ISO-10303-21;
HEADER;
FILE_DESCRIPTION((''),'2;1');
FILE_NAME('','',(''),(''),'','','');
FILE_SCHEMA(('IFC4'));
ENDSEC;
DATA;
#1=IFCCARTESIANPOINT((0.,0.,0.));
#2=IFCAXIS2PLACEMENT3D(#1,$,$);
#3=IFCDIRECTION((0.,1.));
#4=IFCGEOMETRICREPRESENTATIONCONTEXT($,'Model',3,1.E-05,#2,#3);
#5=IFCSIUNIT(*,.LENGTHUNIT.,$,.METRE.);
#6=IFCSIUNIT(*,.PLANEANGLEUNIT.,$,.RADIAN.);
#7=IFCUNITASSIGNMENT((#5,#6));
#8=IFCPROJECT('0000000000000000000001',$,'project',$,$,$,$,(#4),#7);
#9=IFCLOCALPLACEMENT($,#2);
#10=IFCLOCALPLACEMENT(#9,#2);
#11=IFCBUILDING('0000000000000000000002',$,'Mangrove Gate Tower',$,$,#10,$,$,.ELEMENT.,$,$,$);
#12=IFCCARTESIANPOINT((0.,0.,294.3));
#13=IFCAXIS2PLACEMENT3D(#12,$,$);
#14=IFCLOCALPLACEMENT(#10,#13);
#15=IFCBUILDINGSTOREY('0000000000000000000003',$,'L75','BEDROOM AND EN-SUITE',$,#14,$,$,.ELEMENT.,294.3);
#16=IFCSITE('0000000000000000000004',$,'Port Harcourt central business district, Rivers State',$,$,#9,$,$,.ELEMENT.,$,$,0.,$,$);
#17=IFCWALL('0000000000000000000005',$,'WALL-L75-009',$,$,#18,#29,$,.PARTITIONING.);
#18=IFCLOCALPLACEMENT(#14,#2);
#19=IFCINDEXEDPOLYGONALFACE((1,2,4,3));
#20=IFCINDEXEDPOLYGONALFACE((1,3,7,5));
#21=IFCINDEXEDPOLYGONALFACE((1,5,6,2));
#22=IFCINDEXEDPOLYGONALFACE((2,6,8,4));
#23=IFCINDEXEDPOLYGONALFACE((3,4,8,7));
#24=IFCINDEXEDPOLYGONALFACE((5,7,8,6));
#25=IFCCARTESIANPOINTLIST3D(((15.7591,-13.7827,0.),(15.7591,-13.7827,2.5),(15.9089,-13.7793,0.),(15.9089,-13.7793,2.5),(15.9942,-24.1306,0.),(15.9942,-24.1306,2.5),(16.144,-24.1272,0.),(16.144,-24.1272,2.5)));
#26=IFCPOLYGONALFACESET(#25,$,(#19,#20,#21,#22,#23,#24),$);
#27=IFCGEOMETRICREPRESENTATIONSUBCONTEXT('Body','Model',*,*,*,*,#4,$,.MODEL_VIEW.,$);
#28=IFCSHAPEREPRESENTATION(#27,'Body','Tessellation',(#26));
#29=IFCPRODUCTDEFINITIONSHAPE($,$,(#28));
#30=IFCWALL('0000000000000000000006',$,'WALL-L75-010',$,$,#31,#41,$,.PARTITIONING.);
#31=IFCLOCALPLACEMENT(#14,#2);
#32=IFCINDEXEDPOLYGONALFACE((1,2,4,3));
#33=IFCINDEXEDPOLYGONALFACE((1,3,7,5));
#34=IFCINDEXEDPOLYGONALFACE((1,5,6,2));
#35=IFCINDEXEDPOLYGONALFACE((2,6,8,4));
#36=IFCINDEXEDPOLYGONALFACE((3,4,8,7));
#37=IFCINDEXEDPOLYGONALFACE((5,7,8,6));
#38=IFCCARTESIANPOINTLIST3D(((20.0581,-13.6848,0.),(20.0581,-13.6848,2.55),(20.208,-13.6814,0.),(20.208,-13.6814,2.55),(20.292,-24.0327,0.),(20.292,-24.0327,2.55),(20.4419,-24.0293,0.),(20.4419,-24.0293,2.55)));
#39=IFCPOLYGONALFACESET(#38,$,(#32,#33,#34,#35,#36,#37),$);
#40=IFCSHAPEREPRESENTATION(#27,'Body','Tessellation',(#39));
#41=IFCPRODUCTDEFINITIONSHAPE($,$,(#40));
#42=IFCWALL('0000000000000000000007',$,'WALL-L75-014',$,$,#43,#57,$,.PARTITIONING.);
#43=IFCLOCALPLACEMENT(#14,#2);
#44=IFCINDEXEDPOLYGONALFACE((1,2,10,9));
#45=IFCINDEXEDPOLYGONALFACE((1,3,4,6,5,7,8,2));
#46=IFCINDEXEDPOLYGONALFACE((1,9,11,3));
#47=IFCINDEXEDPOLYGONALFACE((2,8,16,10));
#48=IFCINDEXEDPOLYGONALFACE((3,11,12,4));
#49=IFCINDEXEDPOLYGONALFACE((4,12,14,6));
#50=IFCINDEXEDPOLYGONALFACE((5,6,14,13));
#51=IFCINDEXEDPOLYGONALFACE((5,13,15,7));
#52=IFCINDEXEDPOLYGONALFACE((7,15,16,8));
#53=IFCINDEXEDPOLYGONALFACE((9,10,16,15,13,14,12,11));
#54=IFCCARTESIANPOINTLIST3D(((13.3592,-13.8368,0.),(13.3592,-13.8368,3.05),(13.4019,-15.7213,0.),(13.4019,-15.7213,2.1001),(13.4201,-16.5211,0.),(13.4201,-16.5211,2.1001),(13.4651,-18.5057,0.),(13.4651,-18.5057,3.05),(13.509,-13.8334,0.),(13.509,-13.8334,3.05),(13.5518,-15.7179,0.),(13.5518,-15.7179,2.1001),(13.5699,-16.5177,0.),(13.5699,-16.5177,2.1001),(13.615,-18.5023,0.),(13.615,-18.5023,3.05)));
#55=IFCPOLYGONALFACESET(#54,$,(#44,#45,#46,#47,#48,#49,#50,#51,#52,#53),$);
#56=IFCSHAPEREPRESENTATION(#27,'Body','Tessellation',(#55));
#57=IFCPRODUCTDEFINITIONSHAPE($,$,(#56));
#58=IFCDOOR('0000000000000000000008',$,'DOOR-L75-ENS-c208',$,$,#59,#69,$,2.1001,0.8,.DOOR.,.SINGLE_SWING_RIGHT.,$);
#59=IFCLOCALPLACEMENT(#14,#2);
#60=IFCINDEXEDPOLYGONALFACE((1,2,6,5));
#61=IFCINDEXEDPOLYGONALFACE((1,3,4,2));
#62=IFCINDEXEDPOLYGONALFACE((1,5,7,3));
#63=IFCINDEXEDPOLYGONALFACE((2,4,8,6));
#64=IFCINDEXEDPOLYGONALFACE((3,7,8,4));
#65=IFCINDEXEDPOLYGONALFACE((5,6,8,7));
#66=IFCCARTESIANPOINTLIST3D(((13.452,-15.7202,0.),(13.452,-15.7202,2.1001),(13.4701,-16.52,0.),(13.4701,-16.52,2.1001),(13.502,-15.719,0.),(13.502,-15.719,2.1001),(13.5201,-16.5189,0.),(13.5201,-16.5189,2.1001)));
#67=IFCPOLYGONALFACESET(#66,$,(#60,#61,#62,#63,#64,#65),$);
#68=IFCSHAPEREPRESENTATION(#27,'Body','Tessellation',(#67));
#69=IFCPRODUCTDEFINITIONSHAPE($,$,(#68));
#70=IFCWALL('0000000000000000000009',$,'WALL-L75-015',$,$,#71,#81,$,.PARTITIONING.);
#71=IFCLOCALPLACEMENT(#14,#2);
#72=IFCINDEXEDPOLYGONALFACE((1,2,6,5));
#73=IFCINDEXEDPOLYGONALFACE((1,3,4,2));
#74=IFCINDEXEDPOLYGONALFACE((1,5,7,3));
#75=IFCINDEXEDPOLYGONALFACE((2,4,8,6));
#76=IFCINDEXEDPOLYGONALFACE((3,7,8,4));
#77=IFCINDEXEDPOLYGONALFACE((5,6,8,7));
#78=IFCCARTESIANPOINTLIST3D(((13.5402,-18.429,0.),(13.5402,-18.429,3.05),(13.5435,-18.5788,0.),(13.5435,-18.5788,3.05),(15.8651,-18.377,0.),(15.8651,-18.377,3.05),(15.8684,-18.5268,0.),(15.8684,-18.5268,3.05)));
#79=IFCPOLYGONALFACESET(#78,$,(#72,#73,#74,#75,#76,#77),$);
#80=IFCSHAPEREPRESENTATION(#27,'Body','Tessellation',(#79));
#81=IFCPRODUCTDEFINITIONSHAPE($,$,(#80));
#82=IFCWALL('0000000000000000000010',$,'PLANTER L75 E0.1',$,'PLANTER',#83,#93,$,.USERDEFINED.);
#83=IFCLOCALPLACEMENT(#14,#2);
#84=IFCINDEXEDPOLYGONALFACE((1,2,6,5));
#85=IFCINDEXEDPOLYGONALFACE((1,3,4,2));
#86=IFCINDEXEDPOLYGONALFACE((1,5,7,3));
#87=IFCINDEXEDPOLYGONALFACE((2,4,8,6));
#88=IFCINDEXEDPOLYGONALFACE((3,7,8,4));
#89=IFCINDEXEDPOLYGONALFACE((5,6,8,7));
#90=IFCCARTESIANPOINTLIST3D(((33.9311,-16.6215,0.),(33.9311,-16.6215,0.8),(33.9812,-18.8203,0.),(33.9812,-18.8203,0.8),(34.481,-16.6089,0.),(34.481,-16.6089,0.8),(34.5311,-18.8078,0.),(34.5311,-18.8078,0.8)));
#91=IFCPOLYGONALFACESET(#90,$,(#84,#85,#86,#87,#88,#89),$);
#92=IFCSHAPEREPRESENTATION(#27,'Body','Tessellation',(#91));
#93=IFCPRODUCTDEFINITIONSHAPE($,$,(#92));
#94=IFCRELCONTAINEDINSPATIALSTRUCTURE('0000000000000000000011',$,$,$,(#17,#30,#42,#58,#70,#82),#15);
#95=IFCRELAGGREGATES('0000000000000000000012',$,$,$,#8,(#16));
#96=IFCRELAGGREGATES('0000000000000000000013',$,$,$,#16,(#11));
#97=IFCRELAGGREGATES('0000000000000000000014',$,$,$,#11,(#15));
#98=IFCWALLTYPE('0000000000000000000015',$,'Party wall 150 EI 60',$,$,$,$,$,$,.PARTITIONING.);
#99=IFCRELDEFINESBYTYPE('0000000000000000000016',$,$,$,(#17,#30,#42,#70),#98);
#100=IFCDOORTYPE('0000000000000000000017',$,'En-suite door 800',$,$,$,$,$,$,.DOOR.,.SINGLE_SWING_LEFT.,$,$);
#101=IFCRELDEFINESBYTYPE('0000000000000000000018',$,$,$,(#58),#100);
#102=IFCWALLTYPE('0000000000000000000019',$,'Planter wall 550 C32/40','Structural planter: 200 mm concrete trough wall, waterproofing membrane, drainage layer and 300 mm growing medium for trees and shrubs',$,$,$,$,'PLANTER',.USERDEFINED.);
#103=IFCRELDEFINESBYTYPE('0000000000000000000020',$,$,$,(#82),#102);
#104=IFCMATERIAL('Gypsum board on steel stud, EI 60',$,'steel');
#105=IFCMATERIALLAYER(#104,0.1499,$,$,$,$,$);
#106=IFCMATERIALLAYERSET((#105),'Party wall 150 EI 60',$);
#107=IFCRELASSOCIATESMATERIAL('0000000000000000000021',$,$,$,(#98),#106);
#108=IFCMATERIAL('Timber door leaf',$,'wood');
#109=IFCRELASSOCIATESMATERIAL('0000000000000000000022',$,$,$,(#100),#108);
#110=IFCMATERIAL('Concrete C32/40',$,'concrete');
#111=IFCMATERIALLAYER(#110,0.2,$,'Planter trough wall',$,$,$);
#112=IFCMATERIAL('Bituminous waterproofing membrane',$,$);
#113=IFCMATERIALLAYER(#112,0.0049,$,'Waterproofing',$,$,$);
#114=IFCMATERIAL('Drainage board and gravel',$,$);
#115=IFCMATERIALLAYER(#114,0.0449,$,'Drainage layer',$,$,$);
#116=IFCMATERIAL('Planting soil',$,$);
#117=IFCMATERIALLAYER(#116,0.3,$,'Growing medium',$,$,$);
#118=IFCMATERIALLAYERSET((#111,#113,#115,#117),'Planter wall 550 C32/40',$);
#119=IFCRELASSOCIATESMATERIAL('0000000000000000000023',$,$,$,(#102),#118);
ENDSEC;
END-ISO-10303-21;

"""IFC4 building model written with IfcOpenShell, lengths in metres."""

from ifc_helpers import new_model, si_unit, direction, frame, frame_2d, origin, place, context, subcontext, project, spatial, rectangle, extrude, material, layer, layer_set, type_object, element, fill, save


model = new_model("IFC4")

# Units and contexts
model_context = context("Model", 3, precision=1e-05, world=origin(), true_north=direction((0.0, 1.0)))
body_context = subcontext(model_context, "Body", "Model", "MODEL_VIEW")
ifc_project = project(units=[si_unit("LENGTHUNIT", "METRE"), si_unit("PLANEANGLEUNIT", "RADIAN")], contexts=[model_context])

# Site, building, storey
site_placement = place(None, origin())
site = spatial("IfcSite", under=ifc_project, at=site_placement, Name="Port Harcourt central business district, Rivers State", CompositionType="ELEMENT", RefElevation=0.0)
building_placement = place(site_placement, origin())
building = spatial("IfcBuilding", under=site, at=building_placement, Name="Mangrove Gate Tower", CompositionType="ELEMENT")
storey_placement = place(building_placement, frame((0.0, 0.0, 294.3)))
storey = spatial("IfcBuildingStorey", under=building, at=storey_placement, Name="L75", Description="BEDROOM AND EN-SUITE", CompositionType="ELEMENT", Elevation=294.3)

# Walls
ifc_material_1 = material(Name="Gypsum board on steel stud, EI 60", Category="steel")
ifc_layer_1 = layer(ifc_material_1, 0.1499)
ifc_layer_set_1 = layer_set([ifc_layer_1], Name="Party wall 150 EI 60")
wall_type_1 = type_object("IfcWallType", Name="Party wall 150 EI 60", PredefinedType="PARTITIONING", material=ifc_layer_set_1)
wall_1_placement = place(storey_placement, frame((16.0691, -24.1289, 0.0), z_axis=(0.0, 0.0, 1.0), x_axis=(-0.022714, 0.999742, 0.0)))
element("IfcWall", 1, at=wall_1_placement, inside=storey, type_object=wall_type_1, Name="WALL-L75-009", PredefinedType="PARTITIONING", context=body_context, shape_type="SweptSolid", body=[
    extrude(rectangle(XDim=10.3506, YDim=0.1499, at=frame_2d((5.1753, 0.0))), origin(), (0.0, 0.0, 1.0), 2.5),
])
wall_2_placement = place(storey_placement, frame((20.3669, -24.031, 0.0), z_axis=(0.0, 0.0, 1.0), x_axis=(-0.022597, 0.999745, 0.0)))
element("IfcWall", 2, at=wall_2_placement, inside=storey, type_object=wall_type_1, Name="WALL-L75-010", PredefinedType="PARTITIONING", context=body_context, shape_type="SweptSolid", body=[
    extrude(rectangle(XDim=10.3506, YDim=0.1499, at=frame_2d((5.1753, 0.0))), origin(), (0.0, 0.0, 1.0), 2.55),
])

# Wall, opening, door
wall_3_placement = place(storey_placement, frame((13.54, -18.5039, 0.0), z_axis=(0.0, 0.0, 1.0), x_axis=(-0.022688, 0.999743, 0.0)))
wall_3 = element("IfcWall", 3, at=wall_3_placement, inside=storey, type_object=wall_type_1, Name="WALL-L75-014", PredefinedType="PARTITIONING", context=body_context, shape_type="SweptSolid", body=[
    extrude(rectangle(XDim=4.6702, YDim=0.1499, at=frame_2d((2.335, 0.0))), origin(), (0.0, 0.0, 1.0), 3.05),
])
opening_1_placement = place(wall_3_placement, frame((1.9851, 0.0, 0.0)))
opening_1 = element("IfcOpeningElement", 4, at=opening_1_placement, cuts=wall_3, PredefinedType="OPENING", context=body_context, shape_type="SweptSolid", body=[
    extrude(rectangle(XDim=0.8, YDim=2.1001, at=frame_2d((0.3999, 1.05))), frame((0.0, 0.085, 0.0), z_axis=(0.0, -1.0, 0.0), x_axis=(1.0, 0.0, 0.0)), (0.0, 0.0, 1.0), 0.1699),
])
ifc_material_2 = material(Name="Timber door leaf", Category="wood")
door_type_1 = type_object("IfcDoorType", Name="En-suite door 800", OperationType="SINGLE_SWING_LEFT", PredefinedType="DOOR", material=ifc_material_2)
door_1_placement = place(opening_1_placement, origin())
door_1 = element("IfcDoor", 5, at=door_1_placement, inside=storey, type_object=door_type_1, Name="DOOR-L75-ENS-c208", OperationType="SINGLE_SWING_RIGHT", OverallHeight=2.1001, OverallWidth=0.8, PredefinedType="DOOR", context=body_context, shape_type="SweptSolid", body=[
    extrude(rectangle(XDim=0.8, YDim=2.1001, at=frame_2d((0.3999, 1.05))), frame((0.0, 0.0249, 0.0), z_axis=(0.0, -1.0, 0.0), x_axis=(1.0, 0.0, 0.0)), (0.0, 0.0, 1.0), 0.05),
])
fill(opening_1, door_1)

# Walls
wall_4_placement = place(storey_placement, frame((13.542, -18.5039, 0.0), z_axis=(0.0, 0.0, 1.0), x_axis=(0.99975, 0.022361, 0.0)))
element("IfcWall", 6, at=wall_4_placement, inside=storey, type_object=wall_type_1, Name="WALL-L75-015", PredefinedType="PARTITIONING", context=body_context, shape_type="SweptSolid", body=[
    extrude(rectangle(XDim=2.3254, YDim=0.1499, at=frame_2d((1.1626, 0.0))), origin(), (0.0, 0.0, 1.0), 3.05),
])
ifc_material_3 = material(Name="Concrete C32/40", Category="concrete")
ifc_layer_2 = layer(ifc_material_3, 0.2, Name="Planter trough wall")
ifc_material_4 = material(Name="Bituminous waterproofing membrane")
ifc_layer_3 = layer(ifc_material_4, 0.0049, Name="Waterproofing")
ifc_material_5 = material(Name="Drainage board and gravel")
ifc_layer_4 = layer(ifc_material_5, 0.0449, Name="Drainage layer")
ifc_material_6 = material(Name="Planting soil")
ifc_layer_5 = layer(ifc_material_6, 0.3, Name="Growing medium")
ifc_layer_set_2 = layer_set([ifc_layer_2, ifc_layer_3, ifc_layer_4, ifc_layer_5], Name="Planter wall 550 C32/40")
wall_type_2 = type_object("IfcWallType", Name="Planter wall 550 C32/40", Description="Structural planter: 200 mm concrete trough wall, waterproofing membrane, drainage layer and 300 mm growing medium for trees and shrubs", ElementType="PLANTER", PredefinedType="USERDEFINED", material=ifc_layer_set_2)
wall_5_placement = place(storey_placement, frame((34.2561, -18.814, 0.0), z_axis=(0.0, 0.0, 1.0), x_axis=(-0.022754, 0.999741, 0.0)))
element("IfcWall", 7, at=wall_5_placement, inside=storey, type_object=wall_type_2, Name="PLANTER L75 E0.1", ObjectType="PLANTER", PredefinedType="USERDEFINED", context=body_context, shape_type="SweptSolid", body=[
    extrude(rectangle(XDim=2.1995, YDim=0.55, at=frame_2d((1.0996, 0.0))), origin(), (0.0, 0.0, 1.0), 0.8),
])

save(model, "model.ifc")
